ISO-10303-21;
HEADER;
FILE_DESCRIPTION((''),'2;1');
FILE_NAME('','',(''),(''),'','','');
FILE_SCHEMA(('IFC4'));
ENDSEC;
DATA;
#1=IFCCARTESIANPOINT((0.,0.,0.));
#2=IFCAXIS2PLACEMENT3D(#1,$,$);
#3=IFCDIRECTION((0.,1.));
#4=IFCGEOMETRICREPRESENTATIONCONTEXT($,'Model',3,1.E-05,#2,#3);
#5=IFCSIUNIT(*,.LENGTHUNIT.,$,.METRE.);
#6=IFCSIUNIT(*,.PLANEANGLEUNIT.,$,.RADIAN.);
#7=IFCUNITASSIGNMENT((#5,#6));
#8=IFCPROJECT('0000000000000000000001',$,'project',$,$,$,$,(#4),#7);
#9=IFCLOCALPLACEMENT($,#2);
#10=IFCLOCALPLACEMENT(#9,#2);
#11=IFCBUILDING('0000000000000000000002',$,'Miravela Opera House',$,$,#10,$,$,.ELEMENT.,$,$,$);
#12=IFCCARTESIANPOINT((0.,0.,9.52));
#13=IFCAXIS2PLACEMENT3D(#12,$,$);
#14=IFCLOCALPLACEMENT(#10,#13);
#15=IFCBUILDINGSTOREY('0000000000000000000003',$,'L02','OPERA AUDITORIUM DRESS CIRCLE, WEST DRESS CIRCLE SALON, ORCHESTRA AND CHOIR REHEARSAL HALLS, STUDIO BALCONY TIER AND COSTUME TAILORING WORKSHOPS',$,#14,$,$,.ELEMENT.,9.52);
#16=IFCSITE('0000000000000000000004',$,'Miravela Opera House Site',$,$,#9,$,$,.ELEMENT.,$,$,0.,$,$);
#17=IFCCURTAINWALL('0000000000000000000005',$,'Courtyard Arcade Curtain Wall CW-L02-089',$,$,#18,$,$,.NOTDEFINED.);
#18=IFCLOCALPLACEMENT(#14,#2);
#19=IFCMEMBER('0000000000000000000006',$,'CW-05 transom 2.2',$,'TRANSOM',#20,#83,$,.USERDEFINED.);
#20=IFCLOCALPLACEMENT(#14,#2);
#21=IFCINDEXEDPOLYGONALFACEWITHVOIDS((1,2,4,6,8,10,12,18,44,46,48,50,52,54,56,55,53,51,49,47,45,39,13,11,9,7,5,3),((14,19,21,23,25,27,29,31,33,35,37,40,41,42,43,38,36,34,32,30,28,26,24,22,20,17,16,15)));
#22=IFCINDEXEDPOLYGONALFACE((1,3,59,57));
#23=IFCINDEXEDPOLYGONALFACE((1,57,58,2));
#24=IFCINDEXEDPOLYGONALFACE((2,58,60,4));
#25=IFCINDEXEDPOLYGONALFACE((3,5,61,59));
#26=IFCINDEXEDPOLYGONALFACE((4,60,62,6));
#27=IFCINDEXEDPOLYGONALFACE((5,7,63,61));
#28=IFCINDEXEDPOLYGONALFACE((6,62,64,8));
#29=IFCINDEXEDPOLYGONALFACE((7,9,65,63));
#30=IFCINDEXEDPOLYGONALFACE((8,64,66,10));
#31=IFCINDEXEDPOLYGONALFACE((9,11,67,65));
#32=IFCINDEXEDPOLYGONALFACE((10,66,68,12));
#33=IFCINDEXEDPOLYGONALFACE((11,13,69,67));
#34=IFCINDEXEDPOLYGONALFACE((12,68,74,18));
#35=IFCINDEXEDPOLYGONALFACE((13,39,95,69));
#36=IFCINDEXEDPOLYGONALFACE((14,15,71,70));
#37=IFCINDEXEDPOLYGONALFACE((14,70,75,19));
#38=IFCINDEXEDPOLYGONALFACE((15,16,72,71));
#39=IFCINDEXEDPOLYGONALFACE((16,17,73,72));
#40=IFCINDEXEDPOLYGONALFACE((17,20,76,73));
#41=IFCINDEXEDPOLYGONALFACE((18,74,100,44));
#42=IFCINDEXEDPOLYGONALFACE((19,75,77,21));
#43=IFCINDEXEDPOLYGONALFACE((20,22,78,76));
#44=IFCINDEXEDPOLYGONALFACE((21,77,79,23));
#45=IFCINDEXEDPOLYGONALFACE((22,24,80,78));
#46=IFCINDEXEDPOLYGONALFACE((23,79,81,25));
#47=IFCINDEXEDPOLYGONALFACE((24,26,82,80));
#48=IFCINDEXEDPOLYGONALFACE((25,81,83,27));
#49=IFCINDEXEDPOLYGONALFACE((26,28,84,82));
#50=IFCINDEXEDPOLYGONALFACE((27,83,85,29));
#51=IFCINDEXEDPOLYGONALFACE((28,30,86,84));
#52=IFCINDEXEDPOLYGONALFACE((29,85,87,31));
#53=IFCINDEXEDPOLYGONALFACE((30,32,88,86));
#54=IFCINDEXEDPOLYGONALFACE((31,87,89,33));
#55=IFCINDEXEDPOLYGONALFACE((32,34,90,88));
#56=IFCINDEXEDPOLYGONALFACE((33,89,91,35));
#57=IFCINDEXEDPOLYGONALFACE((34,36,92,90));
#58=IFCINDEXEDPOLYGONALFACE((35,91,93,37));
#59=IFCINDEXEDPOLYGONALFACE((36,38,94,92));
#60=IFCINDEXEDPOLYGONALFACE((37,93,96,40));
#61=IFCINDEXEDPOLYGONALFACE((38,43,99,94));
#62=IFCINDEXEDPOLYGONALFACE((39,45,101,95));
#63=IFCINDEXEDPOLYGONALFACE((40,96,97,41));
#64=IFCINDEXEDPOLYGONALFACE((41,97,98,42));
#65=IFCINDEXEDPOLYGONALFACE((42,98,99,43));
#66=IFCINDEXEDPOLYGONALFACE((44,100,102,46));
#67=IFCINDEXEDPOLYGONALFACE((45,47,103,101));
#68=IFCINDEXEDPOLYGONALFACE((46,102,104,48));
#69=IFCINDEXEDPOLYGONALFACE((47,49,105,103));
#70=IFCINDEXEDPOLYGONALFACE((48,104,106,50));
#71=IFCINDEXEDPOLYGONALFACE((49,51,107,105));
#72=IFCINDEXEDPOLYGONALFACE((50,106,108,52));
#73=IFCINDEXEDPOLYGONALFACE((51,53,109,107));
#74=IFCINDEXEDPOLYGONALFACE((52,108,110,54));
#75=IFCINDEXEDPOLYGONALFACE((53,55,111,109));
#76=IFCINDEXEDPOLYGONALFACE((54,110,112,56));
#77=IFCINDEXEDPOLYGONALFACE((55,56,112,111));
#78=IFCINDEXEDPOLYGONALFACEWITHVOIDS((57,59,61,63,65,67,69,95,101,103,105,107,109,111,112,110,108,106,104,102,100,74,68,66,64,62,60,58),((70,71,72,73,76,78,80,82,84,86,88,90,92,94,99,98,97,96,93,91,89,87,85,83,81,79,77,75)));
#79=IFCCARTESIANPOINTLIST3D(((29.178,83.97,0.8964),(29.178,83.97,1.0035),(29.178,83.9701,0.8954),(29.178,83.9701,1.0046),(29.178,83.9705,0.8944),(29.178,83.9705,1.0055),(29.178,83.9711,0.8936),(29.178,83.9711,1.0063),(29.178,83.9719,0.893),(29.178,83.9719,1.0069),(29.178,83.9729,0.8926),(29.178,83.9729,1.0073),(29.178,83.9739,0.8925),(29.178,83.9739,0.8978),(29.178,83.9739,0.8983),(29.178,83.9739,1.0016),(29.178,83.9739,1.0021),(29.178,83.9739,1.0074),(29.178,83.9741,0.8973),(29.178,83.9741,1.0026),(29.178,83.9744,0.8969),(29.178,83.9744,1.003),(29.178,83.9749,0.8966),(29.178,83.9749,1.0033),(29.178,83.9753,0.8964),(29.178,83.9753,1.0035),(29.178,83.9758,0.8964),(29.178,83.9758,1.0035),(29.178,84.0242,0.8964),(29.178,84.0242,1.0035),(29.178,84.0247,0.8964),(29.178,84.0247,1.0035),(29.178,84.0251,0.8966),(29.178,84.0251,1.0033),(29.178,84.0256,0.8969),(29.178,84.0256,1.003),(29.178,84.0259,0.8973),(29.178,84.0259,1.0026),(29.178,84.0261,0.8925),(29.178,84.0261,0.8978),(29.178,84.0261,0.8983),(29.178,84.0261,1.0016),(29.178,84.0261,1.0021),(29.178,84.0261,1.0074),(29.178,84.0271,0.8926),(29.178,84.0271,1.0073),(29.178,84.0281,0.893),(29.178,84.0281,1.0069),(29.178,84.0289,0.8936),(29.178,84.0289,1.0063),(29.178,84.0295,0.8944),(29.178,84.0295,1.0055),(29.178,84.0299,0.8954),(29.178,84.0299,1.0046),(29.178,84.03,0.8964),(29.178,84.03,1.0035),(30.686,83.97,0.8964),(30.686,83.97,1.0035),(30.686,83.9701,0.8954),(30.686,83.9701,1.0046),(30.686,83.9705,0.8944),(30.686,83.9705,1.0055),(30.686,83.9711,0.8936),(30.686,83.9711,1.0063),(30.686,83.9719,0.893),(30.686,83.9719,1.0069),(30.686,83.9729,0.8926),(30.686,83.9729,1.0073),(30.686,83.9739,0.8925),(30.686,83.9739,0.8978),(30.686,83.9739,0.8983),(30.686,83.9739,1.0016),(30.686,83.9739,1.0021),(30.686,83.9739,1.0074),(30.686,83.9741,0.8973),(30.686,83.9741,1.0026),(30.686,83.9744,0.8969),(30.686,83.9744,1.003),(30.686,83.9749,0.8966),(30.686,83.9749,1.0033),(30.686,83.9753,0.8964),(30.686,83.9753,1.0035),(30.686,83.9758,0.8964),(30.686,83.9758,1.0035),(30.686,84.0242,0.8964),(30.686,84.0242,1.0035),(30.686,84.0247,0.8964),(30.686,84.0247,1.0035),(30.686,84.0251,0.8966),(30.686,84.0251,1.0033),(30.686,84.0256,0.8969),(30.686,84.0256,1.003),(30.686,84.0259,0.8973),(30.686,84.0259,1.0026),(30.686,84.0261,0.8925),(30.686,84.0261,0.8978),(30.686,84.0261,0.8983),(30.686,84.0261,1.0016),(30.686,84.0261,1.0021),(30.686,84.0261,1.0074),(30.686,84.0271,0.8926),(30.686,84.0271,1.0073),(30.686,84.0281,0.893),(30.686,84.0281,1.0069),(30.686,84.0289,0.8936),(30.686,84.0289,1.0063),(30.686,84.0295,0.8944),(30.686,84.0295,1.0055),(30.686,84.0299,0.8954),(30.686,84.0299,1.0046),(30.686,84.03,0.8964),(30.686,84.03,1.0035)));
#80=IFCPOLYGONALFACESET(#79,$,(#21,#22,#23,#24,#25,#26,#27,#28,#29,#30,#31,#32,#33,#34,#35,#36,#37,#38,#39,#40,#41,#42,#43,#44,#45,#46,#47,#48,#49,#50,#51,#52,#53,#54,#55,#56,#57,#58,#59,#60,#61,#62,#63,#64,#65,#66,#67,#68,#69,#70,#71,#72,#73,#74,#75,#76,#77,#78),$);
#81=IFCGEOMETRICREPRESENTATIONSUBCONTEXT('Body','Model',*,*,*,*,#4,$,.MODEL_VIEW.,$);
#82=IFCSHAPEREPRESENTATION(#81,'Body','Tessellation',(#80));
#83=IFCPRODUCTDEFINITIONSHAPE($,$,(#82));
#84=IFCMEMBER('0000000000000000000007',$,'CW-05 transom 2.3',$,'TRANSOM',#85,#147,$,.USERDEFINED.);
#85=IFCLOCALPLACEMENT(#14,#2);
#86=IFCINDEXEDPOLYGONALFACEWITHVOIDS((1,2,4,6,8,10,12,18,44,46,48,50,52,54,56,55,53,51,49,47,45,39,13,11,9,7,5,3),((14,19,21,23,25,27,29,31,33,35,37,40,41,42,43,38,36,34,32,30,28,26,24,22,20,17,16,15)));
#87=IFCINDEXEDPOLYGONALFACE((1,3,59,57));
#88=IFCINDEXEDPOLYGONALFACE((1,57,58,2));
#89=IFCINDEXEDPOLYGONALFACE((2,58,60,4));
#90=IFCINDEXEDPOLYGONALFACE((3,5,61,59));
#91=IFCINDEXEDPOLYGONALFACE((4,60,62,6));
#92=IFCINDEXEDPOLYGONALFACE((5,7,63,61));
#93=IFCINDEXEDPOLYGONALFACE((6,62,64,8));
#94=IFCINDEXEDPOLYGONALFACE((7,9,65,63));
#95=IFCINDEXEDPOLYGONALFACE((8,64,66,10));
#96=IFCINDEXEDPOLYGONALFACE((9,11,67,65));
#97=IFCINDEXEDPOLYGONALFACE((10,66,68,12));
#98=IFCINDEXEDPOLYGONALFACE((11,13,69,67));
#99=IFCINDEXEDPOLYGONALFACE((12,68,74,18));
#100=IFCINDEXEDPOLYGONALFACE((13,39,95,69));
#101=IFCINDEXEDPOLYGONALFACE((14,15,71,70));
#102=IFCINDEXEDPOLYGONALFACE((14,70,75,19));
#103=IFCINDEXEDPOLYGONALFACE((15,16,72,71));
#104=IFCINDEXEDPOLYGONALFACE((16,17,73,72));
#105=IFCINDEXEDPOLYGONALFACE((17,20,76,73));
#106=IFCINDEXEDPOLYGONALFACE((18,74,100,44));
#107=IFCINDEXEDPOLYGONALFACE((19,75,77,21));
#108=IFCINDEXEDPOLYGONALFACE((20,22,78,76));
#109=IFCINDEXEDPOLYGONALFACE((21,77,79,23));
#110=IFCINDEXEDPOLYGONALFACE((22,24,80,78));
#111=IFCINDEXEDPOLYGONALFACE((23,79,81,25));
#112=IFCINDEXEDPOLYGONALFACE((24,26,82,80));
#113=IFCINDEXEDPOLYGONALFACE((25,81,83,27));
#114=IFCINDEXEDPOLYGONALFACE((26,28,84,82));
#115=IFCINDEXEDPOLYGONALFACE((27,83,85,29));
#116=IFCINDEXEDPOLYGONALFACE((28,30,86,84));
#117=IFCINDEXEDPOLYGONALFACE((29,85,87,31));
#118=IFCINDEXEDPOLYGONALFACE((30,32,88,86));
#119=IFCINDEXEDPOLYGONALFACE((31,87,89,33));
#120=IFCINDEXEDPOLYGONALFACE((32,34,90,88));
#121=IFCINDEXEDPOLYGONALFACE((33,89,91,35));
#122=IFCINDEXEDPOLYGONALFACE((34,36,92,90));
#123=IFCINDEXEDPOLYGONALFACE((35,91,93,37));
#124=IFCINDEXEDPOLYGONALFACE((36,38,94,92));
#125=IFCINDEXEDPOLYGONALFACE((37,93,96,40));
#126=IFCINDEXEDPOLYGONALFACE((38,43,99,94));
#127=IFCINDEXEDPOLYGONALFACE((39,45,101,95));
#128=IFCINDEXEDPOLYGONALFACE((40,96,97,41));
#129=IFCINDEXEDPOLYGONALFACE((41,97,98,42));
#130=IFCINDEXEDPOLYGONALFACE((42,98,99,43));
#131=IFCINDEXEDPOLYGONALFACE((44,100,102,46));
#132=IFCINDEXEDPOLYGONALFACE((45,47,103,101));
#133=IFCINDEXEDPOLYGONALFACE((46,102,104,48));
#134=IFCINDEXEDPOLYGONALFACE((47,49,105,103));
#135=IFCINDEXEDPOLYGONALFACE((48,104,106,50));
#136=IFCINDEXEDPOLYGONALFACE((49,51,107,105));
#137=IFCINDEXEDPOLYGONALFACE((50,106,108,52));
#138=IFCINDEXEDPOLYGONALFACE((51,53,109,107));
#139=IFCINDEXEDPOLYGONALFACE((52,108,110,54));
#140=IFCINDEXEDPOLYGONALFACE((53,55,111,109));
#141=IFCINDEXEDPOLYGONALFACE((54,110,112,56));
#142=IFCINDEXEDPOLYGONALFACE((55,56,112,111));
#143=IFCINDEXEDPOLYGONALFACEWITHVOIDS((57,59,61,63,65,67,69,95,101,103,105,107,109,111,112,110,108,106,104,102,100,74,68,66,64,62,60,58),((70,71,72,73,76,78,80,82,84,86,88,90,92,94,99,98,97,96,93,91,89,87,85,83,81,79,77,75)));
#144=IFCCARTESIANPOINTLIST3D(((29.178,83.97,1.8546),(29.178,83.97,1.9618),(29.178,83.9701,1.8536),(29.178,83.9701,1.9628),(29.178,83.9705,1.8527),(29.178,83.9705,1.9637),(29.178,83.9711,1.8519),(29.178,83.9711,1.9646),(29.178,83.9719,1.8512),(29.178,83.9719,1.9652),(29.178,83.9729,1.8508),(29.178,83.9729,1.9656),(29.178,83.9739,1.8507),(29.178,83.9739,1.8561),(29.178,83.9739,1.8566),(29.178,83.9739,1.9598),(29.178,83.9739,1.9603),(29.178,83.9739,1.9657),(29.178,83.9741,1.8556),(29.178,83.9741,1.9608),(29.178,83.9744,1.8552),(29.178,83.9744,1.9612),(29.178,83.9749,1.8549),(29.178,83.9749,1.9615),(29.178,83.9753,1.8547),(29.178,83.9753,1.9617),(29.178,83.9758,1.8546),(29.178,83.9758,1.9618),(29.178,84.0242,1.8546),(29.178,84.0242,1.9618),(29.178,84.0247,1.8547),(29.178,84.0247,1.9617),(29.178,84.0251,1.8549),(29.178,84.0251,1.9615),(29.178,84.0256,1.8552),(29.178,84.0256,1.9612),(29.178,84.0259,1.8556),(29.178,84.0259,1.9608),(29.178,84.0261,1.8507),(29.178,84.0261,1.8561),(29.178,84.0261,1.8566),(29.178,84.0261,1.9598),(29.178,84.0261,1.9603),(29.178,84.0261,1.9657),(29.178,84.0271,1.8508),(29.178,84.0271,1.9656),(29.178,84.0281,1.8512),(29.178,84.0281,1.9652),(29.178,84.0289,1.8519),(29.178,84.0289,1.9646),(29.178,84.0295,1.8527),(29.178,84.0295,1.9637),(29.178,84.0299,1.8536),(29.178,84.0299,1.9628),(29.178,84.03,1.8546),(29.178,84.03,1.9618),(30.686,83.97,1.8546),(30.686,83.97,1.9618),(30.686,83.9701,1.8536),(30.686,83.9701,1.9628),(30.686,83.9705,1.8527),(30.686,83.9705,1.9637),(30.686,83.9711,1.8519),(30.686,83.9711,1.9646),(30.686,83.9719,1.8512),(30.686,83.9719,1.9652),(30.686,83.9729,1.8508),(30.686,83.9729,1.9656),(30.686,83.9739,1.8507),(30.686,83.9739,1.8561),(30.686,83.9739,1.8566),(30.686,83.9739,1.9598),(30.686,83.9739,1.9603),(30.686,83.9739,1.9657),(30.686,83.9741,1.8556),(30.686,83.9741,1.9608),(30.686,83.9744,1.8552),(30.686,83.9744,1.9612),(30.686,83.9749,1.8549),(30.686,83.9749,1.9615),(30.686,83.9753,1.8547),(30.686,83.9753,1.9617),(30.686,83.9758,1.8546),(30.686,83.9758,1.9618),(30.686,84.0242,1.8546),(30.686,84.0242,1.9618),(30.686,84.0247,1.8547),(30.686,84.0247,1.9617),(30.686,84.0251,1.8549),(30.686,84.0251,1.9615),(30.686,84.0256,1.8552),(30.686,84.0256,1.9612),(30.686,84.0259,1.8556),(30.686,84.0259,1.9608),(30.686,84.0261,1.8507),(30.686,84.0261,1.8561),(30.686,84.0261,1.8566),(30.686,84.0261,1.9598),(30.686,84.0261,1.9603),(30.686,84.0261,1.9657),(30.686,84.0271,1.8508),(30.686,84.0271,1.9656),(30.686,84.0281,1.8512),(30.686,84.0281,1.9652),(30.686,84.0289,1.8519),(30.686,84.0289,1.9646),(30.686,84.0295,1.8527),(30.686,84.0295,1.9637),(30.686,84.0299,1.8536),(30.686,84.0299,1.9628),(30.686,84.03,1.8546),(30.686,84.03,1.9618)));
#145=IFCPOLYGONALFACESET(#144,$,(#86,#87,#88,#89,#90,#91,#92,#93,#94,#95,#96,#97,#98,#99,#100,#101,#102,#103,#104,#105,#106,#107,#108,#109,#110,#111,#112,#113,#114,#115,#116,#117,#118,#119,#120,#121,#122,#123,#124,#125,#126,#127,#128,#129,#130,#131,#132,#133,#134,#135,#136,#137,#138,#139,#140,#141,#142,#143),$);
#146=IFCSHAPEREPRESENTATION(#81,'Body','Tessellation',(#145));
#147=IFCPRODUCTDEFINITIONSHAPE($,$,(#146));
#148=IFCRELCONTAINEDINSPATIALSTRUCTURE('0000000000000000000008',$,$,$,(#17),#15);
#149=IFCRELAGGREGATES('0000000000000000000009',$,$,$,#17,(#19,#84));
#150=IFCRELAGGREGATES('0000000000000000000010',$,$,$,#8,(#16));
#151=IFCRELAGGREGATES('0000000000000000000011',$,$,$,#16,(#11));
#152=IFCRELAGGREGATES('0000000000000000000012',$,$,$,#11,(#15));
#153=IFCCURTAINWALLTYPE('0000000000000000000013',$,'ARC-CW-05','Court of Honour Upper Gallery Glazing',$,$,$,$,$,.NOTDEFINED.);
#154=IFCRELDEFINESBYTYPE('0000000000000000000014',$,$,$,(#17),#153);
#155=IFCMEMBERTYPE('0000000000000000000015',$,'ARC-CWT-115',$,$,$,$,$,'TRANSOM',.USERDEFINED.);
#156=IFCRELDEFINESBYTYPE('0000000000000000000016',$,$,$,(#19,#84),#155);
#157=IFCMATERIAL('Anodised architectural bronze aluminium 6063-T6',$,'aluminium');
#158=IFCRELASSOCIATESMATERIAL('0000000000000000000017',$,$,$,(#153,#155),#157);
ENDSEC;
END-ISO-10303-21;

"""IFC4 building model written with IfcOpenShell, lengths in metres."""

from ifc_helpers import new_model, si_unit, direction, frame, origin, origin_2d, place, context, subcontext, project, spatial, hollow_rectangle, extrude, material, material_profile, profile_set, type_object, element, aggregate, save


model = new_model("IFC4")

# Units and contexts
model_context = context("Model", 3, precision=1e-05, world=origin(), true_north=direction((0.0, 1.0)))
body_context = subcontext(model_context, "Body", "Model", "MODEL_VIEW")
ifc_project = project(units=[si_unit("LENGTHUNIT", "METRE"), si_unit("PLANEANGLEUNIT", "RADIAN")], contexts=[model_context])

# Site, building, storey
site_placement = place(None, origin())
site = spatial("IfcSite", under=ifc_project, at=site_placement, Name="Miravela Opera House Site", CompositionType="ELEMENT", RefElevation=0.0)
building_placement = place(site_placement, origin())
building = spatial("IfcBuilding", under=site, at=building_placement, Name="Miravela Opera House", CompositionType="ELEMENT")
storey_placement = place(building_placement, frame((0.0, 0.0, 9.52)))
storey = spatial("IfcBuildingStorey", under=building, at=storey_placement, Name="L02", Description="OPERA AUDITORIUM DRESS CIRCLE, WEST DRESS CIRCLE SALON, ORCHESTRA AND CHOIR REHEARSAL HALLS, STUDIO BALCONY TIER AND COSTUME TAILORING WORKSHOPS", CompositionType="ELEMENT", Elevation=9.52)

# Curtain wall, members
ifc_material_1 = material(Name="Anodised architectural bronze aluminium 6063-T6", Category="aluminium")
curtain_wall_type = type_object("IfcCurtainWallType", Name="ARC-CW-05", Description="Court of Honour Upper Gallery Glazing", PredefinedType="NOTDEFINED", material=ifc_material_1)
curtain_wall_placement = place(storey_placement, origin())
curtain_wall = element("IfcCurtainWall", 1, at=curtain_wall_placement, inside=storey, type_object=curtain_wall_type, Name="Courtyard Arcade Curtain Wall CW-L02-089", PredefinedType="NOTDEFINED")
ifc_material_profile_1 = material_profile(ifc_material_1, hollow_rectangle(XDim=0.0601, YDim=0.115, WallThickness=0.0039, InnerFilletRadius=0.002, OuterFilletRadius=0.0039, at=origin_2d()), Name="CWT-60X115")
ifc_profile_set_1 = profile_set([ifc_material_profile_1])
member_type_1 = type_object("IfcMemberType", Name="ARC-CWT-115", ElementType="TRANSOM", PredefinedType="USERDEFINED", material=ifc_profile_set_1)
member_1_placement = place(storey_placement, frame((29.178, 84.0, 0.95), z_axis=(1.0, 0.0, 0.0), x_axis=(0.0, 1.0, 0.0)))
member_1 = element("IfcMember", 2, at=member_1_placement, type_object=member_type_1, Name="CW-05 transom 2.2", ObjectType="TRANSOM", PredefinedType="USERDEFINED", context=body_context, shape_type="SweptSolid", body=[
    extrude(hollow_rectangle(XDim=0.0601, YDim=0.115, WallThickness=0.0039, InnerFilletRadius=0.002, OuterFilletRadius=0.0039, at=origin_2d()), origin(), (0.0, 0.0, 1.0), 1.5081),
])
member_2_placement = place(storey_placement, frame((29.178, 84.0, 1.9082), z_axis=(1.0, 0.0, 0.0), x_axis=(0.0, 1.0, 0.0)))
member_2 = element("IfcMember", 3, at=member_2_placement, type_object=member_type_1, Name="CW-05 transom 2.3", ObjectType="TRANSOM", PredefinedType="USERDEFINED", context=body_context, shape_type="SweptSolid", body=[
    extrude(hollow_rectangle(XDim=0.0601, YDim=0.115, WallThickness=0.0039, InnerFilletRadius=0.002, OuterFilletRadius=0.0039, at=origin_2d()), origin(), (0.0, 0.0, 1.0), 1.5081),
])
aggregate(curtain_wall, [member_1, member_2])

save(model, "model.ifc")
